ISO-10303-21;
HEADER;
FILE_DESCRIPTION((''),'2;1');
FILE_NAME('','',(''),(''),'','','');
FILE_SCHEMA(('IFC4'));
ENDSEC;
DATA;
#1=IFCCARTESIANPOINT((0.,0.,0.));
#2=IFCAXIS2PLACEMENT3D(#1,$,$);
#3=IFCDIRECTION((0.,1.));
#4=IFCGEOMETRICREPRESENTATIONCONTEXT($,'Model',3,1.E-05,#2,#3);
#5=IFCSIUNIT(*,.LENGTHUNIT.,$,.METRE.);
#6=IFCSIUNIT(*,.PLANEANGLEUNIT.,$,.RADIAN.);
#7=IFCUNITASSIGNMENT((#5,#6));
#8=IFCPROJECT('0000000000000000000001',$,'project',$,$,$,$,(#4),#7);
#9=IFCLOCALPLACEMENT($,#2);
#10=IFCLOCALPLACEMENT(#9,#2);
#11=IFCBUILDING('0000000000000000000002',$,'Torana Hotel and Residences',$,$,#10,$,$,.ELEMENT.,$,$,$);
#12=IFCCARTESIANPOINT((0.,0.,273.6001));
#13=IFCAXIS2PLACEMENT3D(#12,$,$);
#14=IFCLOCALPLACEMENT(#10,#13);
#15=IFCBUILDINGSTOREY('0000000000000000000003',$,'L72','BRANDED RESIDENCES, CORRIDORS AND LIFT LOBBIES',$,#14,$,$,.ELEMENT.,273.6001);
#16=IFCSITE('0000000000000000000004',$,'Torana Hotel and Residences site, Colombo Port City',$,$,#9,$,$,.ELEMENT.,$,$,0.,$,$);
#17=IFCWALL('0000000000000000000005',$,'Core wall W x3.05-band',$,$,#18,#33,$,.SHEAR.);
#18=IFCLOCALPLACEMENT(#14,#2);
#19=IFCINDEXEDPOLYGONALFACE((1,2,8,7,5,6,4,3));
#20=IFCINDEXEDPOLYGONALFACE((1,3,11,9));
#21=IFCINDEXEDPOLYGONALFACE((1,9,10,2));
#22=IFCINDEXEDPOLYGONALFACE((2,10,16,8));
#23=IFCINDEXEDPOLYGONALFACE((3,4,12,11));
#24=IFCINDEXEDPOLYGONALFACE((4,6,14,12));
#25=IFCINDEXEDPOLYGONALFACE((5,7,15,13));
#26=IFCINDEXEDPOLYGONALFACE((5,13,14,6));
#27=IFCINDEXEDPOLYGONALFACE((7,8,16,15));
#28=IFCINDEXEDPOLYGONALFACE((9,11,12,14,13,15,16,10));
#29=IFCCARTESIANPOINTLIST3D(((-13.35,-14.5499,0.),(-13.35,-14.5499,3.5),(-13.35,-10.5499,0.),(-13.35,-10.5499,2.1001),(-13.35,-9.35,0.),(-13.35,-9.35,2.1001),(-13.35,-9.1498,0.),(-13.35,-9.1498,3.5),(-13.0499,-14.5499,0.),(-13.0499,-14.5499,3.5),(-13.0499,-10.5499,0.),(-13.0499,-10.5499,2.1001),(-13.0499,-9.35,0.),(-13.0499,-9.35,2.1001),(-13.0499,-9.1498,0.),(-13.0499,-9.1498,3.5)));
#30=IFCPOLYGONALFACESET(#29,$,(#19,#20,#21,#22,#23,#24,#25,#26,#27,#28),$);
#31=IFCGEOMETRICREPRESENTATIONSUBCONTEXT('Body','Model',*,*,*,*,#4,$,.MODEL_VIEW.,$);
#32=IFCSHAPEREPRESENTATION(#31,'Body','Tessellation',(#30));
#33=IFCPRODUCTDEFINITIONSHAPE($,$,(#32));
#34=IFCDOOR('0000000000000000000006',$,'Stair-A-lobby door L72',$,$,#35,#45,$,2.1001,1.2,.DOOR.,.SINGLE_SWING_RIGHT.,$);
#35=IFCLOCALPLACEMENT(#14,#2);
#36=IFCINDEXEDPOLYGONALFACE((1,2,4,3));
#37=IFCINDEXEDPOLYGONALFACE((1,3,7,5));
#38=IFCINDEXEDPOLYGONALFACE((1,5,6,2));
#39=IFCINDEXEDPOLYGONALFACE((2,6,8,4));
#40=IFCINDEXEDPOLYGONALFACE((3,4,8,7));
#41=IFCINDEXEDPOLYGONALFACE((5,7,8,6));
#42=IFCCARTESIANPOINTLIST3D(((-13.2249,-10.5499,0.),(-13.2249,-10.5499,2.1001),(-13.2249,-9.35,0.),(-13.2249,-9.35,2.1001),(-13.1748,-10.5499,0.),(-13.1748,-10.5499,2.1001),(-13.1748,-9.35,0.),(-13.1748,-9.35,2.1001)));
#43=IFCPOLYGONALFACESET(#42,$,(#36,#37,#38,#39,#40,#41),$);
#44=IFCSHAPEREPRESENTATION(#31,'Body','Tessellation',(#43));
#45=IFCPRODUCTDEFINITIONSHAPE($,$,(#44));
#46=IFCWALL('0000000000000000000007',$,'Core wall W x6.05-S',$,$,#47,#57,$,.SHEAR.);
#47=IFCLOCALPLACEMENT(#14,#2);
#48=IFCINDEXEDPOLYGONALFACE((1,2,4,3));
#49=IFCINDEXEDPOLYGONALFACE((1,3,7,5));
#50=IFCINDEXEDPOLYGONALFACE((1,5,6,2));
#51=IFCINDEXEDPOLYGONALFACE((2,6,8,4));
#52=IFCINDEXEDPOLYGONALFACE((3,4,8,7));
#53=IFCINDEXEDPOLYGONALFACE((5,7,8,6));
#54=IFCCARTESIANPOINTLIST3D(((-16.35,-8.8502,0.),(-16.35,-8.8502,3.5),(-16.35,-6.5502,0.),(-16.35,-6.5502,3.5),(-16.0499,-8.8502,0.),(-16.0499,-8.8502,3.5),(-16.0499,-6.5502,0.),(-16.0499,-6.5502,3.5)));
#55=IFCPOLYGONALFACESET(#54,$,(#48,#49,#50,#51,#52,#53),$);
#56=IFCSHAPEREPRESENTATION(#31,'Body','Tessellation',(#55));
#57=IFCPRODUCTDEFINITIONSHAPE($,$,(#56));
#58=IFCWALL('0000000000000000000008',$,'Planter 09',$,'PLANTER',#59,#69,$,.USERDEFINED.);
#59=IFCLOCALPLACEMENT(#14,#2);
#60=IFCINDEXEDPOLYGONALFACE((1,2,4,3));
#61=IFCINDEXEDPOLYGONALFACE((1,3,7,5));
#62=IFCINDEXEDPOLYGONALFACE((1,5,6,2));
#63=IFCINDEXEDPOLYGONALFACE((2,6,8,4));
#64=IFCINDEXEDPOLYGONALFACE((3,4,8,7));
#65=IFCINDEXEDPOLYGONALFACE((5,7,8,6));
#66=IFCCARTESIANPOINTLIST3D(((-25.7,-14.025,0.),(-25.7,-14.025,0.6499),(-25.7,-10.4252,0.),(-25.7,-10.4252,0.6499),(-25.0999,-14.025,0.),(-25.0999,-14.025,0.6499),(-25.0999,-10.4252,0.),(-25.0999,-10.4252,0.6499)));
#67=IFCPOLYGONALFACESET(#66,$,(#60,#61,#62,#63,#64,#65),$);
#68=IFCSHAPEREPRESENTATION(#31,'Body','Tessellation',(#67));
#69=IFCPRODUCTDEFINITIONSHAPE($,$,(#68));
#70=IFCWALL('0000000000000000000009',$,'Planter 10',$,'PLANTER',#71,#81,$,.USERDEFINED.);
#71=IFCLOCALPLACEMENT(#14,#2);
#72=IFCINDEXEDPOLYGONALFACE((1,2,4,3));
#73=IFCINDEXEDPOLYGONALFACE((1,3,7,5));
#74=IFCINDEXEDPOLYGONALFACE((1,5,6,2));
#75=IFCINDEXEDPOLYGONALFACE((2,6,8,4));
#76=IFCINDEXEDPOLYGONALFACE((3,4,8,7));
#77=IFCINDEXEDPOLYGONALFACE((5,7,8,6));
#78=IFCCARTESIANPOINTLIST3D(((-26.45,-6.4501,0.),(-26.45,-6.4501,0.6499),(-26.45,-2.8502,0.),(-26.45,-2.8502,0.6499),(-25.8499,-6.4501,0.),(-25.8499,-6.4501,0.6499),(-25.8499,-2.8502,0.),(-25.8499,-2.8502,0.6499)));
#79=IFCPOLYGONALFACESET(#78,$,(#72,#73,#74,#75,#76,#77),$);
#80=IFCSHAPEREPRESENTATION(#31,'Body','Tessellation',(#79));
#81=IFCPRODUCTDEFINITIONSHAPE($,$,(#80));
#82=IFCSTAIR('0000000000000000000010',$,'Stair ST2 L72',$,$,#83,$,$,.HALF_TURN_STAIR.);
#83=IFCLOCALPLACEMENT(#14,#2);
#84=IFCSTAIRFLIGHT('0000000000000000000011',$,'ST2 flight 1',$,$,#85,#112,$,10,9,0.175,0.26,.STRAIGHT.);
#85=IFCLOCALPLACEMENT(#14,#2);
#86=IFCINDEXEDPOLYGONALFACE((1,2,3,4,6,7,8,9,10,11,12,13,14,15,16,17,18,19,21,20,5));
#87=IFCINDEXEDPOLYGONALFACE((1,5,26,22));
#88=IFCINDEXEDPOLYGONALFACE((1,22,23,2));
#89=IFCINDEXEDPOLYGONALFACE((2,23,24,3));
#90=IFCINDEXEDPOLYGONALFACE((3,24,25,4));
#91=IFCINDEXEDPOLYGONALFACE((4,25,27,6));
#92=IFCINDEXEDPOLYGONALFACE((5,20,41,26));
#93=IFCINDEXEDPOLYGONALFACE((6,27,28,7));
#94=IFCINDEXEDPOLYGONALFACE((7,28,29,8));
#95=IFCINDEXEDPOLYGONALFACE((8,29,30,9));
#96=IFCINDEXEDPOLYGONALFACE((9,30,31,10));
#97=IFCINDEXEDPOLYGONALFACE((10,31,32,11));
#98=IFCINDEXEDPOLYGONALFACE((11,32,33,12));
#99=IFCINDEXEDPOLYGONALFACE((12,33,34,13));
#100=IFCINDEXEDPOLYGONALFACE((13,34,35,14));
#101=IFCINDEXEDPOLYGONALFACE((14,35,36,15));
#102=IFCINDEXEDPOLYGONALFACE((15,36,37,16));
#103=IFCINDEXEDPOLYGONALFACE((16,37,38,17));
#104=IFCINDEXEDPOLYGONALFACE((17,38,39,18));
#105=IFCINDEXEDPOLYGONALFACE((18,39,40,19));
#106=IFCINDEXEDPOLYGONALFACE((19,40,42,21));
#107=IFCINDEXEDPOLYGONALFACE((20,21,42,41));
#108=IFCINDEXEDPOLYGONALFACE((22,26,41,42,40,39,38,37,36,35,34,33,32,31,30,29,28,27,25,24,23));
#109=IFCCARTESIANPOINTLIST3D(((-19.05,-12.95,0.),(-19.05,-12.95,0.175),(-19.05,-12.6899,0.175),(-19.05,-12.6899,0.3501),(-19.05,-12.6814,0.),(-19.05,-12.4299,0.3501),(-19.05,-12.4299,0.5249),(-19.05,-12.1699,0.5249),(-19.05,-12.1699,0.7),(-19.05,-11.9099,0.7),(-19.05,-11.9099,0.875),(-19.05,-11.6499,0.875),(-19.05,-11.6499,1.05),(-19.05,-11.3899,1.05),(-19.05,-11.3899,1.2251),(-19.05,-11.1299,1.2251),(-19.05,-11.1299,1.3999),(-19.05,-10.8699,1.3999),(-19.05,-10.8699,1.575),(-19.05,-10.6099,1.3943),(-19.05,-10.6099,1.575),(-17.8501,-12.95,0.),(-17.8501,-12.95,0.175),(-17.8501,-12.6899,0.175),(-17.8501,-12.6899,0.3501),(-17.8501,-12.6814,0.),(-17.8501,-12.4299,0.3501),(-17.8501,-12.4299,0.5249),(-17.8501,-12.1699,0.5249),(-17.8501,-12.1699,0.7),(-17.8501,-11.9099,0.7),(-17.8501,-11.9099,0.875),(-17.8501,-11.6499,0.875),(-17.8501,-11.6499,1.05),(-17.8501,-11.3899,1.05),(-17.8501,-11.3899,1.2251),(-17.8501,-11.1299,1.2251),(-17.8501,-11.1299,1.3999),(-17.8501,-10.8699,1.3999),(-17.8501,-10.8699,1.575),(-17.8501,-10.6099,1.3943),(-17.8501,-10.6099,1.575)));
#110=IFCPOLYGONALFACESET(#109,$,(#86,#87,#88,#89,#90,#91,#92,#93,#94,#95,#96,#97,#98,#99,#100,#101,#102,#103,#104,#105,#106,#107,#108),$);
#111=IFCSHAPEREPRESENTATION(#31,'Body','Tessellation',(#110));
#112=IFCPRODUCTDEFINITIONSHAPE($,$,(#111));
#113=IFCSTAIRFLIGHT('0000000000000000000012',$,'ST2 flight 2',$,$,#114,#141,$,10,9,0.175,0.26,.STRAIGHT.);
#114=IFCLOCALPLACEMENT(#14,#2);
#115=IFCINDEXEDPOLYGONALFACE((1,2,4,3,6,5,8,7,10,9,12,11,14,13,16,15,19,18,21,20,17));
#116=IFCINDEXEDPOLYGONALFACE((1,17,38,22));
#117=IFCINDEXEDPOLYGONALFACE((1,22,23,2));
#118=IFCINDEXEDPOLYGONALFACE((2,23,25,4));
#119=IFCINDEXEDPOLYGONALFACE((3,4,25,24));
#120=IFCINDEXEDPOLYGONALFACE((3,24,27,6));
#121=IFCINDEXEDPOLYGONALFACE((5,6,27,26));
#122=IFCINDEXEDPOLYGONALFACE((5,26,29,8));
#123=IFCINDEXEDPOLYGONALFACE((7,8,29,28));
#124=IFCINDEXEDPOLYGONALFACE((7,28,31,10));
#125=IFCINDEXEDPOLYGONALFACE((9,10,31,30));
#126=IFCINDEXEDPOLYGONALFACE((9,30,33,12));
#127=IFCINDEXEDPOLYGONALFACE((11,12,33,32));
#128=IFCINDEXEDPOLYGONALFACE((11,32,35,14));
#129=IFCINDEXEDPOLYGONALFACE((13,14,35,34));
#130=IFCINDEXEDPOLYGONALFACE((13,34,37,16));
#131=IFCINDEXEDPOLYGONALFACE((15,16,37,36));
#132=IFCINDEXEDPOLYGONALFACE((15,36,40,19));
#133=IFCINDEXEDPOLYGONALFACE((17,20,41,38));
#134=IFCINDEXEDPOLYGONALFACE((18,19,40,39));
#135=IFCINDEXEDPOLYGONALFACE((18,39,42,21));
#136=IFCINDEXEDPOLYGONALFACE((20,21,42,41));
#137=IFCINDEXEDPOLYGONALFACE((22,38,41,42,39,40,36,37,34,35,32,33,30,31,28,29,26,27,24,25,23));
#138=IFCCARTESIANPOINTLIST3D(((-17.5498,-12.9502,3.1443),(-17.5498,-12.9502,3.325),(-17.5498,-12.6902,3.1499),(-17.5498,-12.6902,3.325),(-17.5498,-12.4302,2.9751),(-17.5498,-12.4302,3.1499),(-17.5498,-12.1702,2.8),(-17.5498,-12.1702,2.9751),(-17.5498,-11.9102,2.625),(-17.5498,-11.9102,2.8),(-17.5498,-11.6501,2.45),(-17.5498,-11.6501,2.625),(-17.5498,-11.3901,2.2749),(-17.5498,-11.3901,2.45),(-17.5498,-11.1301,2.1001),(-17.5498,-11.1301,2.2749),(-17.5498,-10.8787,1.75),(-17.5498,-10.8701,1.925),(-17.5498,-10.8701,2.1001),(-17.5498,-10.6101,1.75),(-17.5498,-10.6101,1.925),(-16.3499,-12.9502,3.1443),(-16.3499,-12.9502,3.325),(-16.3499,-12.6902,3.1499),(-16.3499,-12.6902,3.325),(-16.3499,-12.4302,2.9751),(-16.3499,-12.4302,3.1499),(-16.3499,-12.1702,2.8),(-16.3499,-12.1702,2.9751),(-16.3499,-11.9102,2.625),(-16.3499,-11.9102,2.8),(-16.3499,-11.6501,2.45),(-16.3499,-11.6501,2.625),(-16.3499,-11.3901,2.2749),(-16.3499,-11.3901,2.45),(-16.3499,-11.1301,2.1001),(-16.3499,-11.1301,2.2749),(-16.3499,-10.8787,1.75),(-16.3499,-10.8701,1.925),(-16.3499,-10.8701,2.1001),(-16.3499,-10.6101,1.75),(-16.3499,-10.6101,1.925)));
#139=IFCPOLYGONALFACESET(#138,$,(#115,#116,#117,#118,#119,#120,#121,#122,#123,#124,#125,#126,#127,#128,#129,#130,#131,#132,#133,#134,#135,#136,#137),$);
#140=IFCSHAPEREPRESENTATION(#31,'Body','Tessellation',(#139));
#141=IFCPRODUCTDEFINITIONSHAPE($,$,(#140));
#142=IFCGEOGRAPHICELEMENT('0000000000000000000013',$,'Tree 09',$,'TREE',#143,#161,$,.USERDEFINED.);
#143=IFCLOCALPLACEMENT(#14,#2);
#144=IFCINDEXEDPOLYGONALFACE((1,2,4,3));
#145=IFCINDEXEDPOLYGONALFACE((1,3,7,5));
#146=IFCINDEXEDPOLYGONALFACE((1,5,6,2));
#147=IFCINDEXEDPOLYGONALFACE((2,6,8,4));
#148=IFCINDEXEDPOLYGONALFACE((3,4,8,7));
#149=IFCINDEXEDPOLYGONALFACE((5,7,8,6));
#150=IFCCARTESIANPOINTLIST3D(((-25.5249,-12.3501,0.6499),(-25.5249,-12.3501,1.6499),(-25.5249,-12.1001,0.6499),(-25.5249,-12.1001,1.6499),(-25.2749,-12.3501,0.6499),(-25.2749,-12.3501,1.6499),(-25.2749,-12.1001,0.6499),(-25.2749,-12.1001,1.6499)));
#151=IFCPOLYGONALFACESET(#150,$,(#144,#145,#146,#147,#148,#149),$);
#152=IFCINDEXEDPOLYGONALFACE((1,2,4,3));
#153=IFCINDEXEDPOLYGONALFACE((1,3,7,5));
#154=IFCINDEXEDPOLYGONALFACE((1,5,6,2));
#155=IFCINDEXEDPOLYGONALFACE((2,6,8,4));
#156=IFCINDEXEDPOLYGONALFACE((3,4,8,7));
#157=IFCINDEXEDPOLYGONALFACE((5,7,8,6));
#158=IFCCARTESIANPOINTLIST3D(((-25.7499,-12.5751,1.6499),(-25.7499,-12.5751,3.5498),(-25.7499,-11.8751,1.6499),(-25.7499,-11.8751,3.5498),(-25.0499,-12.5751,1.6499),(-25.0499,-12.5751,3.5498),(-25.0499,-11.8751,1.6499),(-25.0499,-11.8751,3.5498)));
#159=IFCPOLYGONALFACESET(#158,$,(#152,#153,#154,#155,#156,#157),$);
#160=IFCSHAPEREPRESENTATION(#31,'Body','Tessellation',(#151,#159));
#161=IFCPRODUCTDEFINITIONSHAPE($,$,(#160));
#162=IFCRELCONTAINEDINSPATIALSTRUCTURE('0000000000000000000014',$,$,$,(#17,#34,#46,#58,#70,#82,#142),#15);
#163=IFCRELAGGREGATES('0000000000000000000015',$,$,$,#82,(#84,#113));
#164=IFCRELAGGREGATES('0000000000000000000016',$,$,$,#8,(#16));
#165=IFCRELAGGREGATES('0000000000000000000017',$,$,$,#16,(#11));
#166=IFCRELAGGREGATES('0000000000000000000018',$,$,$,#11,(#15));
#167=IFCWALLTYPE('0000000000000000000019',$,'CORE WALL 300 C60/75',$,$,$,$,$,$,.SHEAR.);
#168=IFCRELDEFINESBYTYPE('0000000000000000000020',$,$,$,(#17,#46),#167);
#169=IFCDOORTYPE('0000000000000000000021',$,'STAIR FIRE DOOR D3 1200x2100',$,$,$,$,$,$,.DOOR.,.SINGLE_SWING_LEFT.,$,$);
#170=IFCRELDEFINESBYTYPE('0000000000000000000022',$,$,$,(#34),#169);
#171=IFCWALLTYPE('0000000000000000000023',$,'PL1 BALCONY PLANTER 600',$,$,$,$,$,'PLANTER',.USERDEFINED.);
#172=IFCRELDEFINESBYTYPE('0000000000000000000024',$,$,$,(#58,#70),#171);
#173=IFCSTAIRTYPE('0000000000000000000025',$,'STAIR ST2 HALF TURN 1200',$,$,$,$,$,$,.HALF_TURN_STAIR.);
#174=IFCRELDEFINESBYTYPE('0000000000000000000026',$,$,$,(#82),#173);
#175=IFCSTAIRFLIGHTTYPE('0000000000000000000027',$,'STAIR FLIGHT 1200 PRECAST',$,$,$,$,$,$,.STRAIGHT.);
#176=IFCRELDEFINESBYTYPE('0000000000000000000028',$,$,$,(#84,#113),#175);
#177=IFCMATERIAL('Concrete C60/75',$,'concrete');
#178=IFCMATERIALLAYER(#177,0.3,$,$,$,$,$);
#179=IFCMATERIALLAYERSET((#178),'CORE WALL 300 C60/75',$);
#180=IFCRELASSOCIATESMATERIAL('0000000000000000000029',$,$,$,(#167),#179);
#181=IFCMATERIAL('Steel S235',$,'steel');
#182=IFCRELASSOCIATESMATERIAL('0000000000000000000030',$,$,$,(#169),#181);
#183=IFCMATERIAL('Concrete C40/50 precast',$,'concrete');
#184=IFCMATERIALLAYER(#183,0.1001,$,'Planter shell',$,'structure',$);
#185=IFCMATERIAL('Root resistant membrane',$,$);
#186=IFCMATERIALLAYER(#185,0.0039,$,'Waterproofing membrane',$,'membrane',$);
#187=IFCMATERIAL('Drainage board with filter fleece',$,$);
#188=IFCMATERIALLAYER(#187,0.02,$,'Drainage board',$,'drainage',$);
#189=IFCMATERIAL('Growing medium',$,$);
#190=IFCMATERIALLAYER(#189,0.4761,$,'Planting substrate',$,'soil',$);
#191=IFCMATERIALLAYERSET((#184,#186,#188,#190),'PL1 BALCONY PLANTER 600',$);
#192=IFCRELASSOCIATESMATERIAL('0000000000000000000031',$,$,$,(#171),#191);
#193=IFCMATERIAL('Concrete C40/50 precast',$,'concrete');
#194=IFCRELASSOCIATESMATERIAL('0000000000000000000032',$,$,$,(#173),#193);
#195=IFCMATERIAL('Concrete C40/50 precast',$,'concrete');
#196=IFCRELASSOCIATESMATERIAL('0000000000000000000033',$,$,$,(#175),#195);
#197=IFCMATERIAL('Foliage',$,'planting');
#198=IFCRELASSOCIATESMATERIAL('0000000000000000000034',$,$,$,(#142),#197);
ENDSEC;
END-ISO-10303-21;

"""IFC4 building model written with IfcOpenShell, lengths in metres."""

from ifc_helpers import new_model, si_unit, direction, frame, frame_2d, origin, origin_2d, place, context, subcontext, project, spatial, polyline, rectangle, outline, extrude, material, layer, layer_set, type_object, element, fill, aggregate, save


model = new_model("IFC4")

# Units and contexts
model_context = context("Model", 3, precision=1e-05, world=origin(), true_north=direction((0.0, 1.0)))
body_context = subcontext(model_context, "Body", "Model", "MODEL_VIEW")
ifc_project = project(units=[si_unit("LENGTHUNIT", "METRE"), si_unit("PLANEANGLEUNIT", "RADIAN")], contexts=[model_context])

# Site, building, storey
site_placement = place(None, origin())
site = spatial("IfcSite", under=ifc_project, at=site_placement, Name="Torana Hotel and Residences site, Colombo Port City", CompositionType="ELEMENT", RefElevation=0.0)
building_placement = place(site_placement, origin())
building = spatial("IfcBuilding", under=site, at=building_placement, Name="Torana Hotel and Residences", CompositionType="ELEMENT")
storey_placement = place(building_placement, frame((0.0, 0.0, 273.6001)))
storey = spatial("IfcBuildingStorey", under=building, at=storey_placement, Name="L72", Description="BRANDED RESIDENCES, CORRIDORS AND LIFT LOBBIES", CompositionType="ELEMENT", Elevation=273.6001)

# Shared definitions
ifc_material_1 = material(Name="Concrete C60/75", Category="concrete")
ifc_layer_1 = layer(ifc_material_1, 0.3)
ifc_layer_set_1 = layer_set([ifc_layer_1], Name="CORE WALL 300 C60/75")
wall_type_1 = type_object("IfcWallType", Name="CORE WALL 300 C60/75", PredefinedType="SHEAR", material=ifc_layer_set_1)

# Wall, opening, door
wall_1_placement = place(storey_placement, frame((-13.2, -14.55, 0.0), z_axis=(0.0, 0.0, 1.0), x_axis=(0.0, 1.0, 0.0)))
wall_1 = element("IfcWall", 1, at=wall_1_placement, inside=storey, type_object=wall_type_1, Name="Core wall W x3.05-band", PredefinedType="SHEAR", context=body_context, shape_type="SweptSolid", body=[
    extrude(rectangle(XDim=5.4001, YDim=0.3, at=frame_2d((2.7002, 0.0))), origin(), (0.0, 0.0, 1.0), 3.5),
])
opening_1_placement = place(wall_1_placement, frame((4.0, 0.0, 0.0)))
opening_1 = element("IfcOpeningElement", 2, at=opening_1_placement, cuts=wall_1, PredefinedType="OPENING", context=body_context, shape_type="SweptSolid", body=[
    extrude(rectangle(XDim=1.2, YDim=2.1001, at=frame_2d((0.6001, 1.05))), frame((0.0, 0.1599, 0.0), z_axis=(0.0, -1.0, 0.0), x_axis=(1.0, 0.0, 0.0)), (0.0, 0.0, 1.0), 0.3201),
])
ifc_material_2 = material(Name="Steel S235", Category="steel")
door_type_1 = type_object("IfcDoorType", Name="STAIR FIRE DOOR D3 1200x2100", OperationType="SINGLE_SWING_LEFT", PredefinedType="DOOR", material=ifc_material_2)
door_1_placement = place(opening_1_placement, frame((0.6001, 0.0, 0.0), z_axis=(0.0, 0.0, 1.0), x_axis=(-1.0, 0.0, 0.0)))
door_1 = element("IfcDoor", 3, at=door_1_placement, inside=storey, type_object=door_type_1, Name="Stair-A-lobby door L72", OperationType="SINGLE_SWING_RIGHT", OverallHeight=2.1001, OverallWidth=1.2, PredefinedType="DOOR", context=body_context, shape_type="SweptSolid", body=[
    extrude(rectangle(XDim=1.2, YDim=2.1001, at=frame_2d((0.0, 1.05))), frame((0.0, -0.0249, 0.0), z_axis=(0.0, 1.0, 0.0), x_axis=(-1.0, 0.0, 0.0)), (0.0, 0.0, 1.0), 0.05),
])
fill(opening_1, door_1)

# Walls
wall_2_placement = place(storey_placement, frame((-16.2, -8.8501, 0.0), z_axis=(0.0, 0.0, 1.0), x_axis=(0.0, 1.0, 0.0)))
element("IfcWall", 4, at=wall_2_placement, inside=storey, type_object=wall_type_1, Name="Core wall W x6.05-S", PredefinedType="SHEAR", context=body_context, shape_type="SweptSolid", body=[
    extrude(rectangle(XDim=2.3, YDim=0.3, at=frame_2d((1.1499, 0.0))), origin(), (0.0, 0.0, 1.0), 3.5),
])
ifc_material_3 = material(Name="Concrete C40/50 precast", Category="concrete")
ifc_layer_2 = layer(ifc_material_3, 0.1001, Name="Planter shell", Category="structure")
ifc_material_4 = material(Name="Root resistant membrane")
ifc_layer_3 = layer(ifc_material_4, 0.0039, Name="Waterproofing membrane", Category="membrane")
ifc_material_5 = material(Name="Drainage board with filter fleece")
ifc_layer_4 = layer(ifc_material_5, 0.02, Name="Drainage board", Category="drainage")
ifc_material_6 = material(Name="Growing medium")
ifc_layer_5 = layer(ifc_material_6, 0.4761, Name="Planting substrate", Category="soil")
ifc_layer_set_2 = layer_set([ifc_layer_2, ifc_layer_3, ifc_layer_4, ifc_layer_5], Name="PL1 BALCONY PLANTER 600")
wall_type_2 = type_object("IfcWallType", Name="PL1 BALCONY PLANTER 600", ElementType="PLANTER", PredefinedType="USERDEFINED", material=ifc_layer_set_2)
for number, where, z_axis, x_axis, name in (
    (5, (-25.3999, -14.0249, 0.0), (0.0, 0.0, 1.0), (0.0, 1.0, 0.0), "Planter 09"),
    (6, (-26.1499, -6.45, 0.0), (0.0, 0.0, 1.0), (0.0, 1.0, 0.0), "Planter 10"),
):
    element("IfcWall", number, at=place(storey_placement, frame(where, z_axis=z_axis, x_axis=x_axis)), inside=storey, type_object=wall_type_2, Name=name, ObjectType="PLANTER", PredefinedType="USERDEFINED", context=body_context, shape_type="SweptSolid", body=[
        extrude(rectangle(XDim=3.5999, YDim=0.6001, at=frame_2d((1.7998, 0.0))), origin(), (0.0, 0.0, 1.0), 0.6499),
    ])

# Stair, stair flights
ifc_material_7 = material(Name="Concrete C40/50 precast", Category="concrete")
stair_type = type_object("IfcStairType", Name="STAIR ST2 HALF TURN 1200", PredefinedType="HALF_TURN_STAIR", material=ifc_material_7)
stair_placement = place(storey_placement, origin())
stair = element("IfcStair", 7, at=stair_placement, inside=storey, type_object=stair_type, Name="Stair ST2 L72", PredefinedType="HALF_TURN_STAIR")
ifc_material_8 = material(Name="Concrete C40/50 precast", Category="concrete")
stair_flight_type = type_object("IfcStairFlightType", Name="STAIR FLIGHT 1200 PRECAST", PredefinedType="STRAIGHT", material=ifc_material_8)
stair_flight_1_placement = place(storey_placement, frame((-18.45, -12.95, 0.0), z_axis=(0.0, 0.0, 1.0), x_axis=(0.0, 1.0, 0.0)))
stair_flight_1 = element("IfcStairFlight", 8, at=stair_flight_1_placement, type_object=stair_flight_type, Name="ST2 flight 1", NumberOfRisers=10, NumberOfTreads=9, PredefinedType="STRAIGHT", RiserHeight=0.175, TreadLength=0.26, context=body_context, shape_type="SweptSolid", body=[
    extrude(outline(polyline([(0.0, 0.0), (0.0, 0.175), (0.26, 0.175), (0.26, 0.3501), (0.52, 0.3501), (0.52, 0.5249), (0.78, 0.5249), (0.78, 0.7), (1.04, 0.7), (1.04, 0.875), (1.3, 0.875), (1.3, 1.05), (1.5601, 1.05), (1.5601, 1.2251), (1.8201, 1.2251), (1.8201, 1.3999), (2.0801, 1.3999), (2.0801, 1.575), (2.3401, 1.575), (2.3401, 1.75), (2.3401, 1.3943), (0.2686, 0.0), (0.0, 0.0)])), frame((0.0, 0.6001, 0.0), z_axis=(0.0, -1.0, 0.0), x_axis=(1.0, 0.0, 0.0)), (0.0, 0.0, 1.0), 1.2),
])
stair_flight_2_placement = place(storey_placement, frame((-16.95, -10.6101, 1.75), z_axis=(0.0, 0.0, 1.0), x_axis=(0.0, -1.0, 0.0)))
stair_flight_2 = element("IfcStairFlight", 9, at=stair_flight_2_placement, type_object=stair_flight_type, Name="ST2 flight 2", NumberOfRisers=10, NumberOfTreads=9, PredefinedType="STRAIGHT", RiserHeight=0.175, TreadLength=0.26, context=body_context, shape_type="SweptSolid", body=[
    extrude(outline(polyline([(0.0, 0.0), (0.0, 0.175), (0.26, 0.175), (0.26, 0.3501), (0.52, 0.3501), (0.52, 0.5249), (0.78, 0.5249), (0.78, 0.7), (1.04, 0.7), (1.04, 0.875), (1.3, 0.875), (1.3, 1.05), (1.5601, 1.05), (1.5601, 1.2251), (1.8201, 1.2251), (1.8201, 1.3999), (2.0801, 1.3999), (2.0801, 1.575), (2.3401, 1.575), (2.3401, 1.75), (2.3401, 1.3943), (0.2686, 0.0), (0.0, 0.0)])), frame((0.0, 0.6001, 0.0), z_axis=(0.0, -1.0, 0.0), x_axis=(1.0, 0.0, 0.0)), (0.0, 0.0, 1.0), 1.2),
])
aggregate(stair, [stair_flight_1, stair_flight_2])

# Geographic element
ifc_material_9 = material(Name="Foliage", Category="planting")
geographic_element_placement = place(storey_placement, frame((-25.3999, -12.2251, 0.6499), z_axis=(0.0, 0.0, 1.0), x_axis=(1.0, 0.0, 0.0)))
element("IfcGeographicElement", 10, at=geographic_element_placement, inside=storey, material=ifc_material_9, Name="Tree 09", ObjectType="TREE", PredefinedType="USERDEFINED", context=body_context, shape_type="SweptSolid", body=[
    extrude(rectangle(XDim=0.25, YDim=0.25, at=origin_2d()), origin(), (0.0, 0.0, 1.0), 1.0),
    extrude(rectangle(XDim=0.7, YDim=0.7, at=origin_2d()), frame((0.0, 0.0, 1.0)), (0.0, 0.0, 1.0), 1.8999),
])

save(model, "model.ifc")
